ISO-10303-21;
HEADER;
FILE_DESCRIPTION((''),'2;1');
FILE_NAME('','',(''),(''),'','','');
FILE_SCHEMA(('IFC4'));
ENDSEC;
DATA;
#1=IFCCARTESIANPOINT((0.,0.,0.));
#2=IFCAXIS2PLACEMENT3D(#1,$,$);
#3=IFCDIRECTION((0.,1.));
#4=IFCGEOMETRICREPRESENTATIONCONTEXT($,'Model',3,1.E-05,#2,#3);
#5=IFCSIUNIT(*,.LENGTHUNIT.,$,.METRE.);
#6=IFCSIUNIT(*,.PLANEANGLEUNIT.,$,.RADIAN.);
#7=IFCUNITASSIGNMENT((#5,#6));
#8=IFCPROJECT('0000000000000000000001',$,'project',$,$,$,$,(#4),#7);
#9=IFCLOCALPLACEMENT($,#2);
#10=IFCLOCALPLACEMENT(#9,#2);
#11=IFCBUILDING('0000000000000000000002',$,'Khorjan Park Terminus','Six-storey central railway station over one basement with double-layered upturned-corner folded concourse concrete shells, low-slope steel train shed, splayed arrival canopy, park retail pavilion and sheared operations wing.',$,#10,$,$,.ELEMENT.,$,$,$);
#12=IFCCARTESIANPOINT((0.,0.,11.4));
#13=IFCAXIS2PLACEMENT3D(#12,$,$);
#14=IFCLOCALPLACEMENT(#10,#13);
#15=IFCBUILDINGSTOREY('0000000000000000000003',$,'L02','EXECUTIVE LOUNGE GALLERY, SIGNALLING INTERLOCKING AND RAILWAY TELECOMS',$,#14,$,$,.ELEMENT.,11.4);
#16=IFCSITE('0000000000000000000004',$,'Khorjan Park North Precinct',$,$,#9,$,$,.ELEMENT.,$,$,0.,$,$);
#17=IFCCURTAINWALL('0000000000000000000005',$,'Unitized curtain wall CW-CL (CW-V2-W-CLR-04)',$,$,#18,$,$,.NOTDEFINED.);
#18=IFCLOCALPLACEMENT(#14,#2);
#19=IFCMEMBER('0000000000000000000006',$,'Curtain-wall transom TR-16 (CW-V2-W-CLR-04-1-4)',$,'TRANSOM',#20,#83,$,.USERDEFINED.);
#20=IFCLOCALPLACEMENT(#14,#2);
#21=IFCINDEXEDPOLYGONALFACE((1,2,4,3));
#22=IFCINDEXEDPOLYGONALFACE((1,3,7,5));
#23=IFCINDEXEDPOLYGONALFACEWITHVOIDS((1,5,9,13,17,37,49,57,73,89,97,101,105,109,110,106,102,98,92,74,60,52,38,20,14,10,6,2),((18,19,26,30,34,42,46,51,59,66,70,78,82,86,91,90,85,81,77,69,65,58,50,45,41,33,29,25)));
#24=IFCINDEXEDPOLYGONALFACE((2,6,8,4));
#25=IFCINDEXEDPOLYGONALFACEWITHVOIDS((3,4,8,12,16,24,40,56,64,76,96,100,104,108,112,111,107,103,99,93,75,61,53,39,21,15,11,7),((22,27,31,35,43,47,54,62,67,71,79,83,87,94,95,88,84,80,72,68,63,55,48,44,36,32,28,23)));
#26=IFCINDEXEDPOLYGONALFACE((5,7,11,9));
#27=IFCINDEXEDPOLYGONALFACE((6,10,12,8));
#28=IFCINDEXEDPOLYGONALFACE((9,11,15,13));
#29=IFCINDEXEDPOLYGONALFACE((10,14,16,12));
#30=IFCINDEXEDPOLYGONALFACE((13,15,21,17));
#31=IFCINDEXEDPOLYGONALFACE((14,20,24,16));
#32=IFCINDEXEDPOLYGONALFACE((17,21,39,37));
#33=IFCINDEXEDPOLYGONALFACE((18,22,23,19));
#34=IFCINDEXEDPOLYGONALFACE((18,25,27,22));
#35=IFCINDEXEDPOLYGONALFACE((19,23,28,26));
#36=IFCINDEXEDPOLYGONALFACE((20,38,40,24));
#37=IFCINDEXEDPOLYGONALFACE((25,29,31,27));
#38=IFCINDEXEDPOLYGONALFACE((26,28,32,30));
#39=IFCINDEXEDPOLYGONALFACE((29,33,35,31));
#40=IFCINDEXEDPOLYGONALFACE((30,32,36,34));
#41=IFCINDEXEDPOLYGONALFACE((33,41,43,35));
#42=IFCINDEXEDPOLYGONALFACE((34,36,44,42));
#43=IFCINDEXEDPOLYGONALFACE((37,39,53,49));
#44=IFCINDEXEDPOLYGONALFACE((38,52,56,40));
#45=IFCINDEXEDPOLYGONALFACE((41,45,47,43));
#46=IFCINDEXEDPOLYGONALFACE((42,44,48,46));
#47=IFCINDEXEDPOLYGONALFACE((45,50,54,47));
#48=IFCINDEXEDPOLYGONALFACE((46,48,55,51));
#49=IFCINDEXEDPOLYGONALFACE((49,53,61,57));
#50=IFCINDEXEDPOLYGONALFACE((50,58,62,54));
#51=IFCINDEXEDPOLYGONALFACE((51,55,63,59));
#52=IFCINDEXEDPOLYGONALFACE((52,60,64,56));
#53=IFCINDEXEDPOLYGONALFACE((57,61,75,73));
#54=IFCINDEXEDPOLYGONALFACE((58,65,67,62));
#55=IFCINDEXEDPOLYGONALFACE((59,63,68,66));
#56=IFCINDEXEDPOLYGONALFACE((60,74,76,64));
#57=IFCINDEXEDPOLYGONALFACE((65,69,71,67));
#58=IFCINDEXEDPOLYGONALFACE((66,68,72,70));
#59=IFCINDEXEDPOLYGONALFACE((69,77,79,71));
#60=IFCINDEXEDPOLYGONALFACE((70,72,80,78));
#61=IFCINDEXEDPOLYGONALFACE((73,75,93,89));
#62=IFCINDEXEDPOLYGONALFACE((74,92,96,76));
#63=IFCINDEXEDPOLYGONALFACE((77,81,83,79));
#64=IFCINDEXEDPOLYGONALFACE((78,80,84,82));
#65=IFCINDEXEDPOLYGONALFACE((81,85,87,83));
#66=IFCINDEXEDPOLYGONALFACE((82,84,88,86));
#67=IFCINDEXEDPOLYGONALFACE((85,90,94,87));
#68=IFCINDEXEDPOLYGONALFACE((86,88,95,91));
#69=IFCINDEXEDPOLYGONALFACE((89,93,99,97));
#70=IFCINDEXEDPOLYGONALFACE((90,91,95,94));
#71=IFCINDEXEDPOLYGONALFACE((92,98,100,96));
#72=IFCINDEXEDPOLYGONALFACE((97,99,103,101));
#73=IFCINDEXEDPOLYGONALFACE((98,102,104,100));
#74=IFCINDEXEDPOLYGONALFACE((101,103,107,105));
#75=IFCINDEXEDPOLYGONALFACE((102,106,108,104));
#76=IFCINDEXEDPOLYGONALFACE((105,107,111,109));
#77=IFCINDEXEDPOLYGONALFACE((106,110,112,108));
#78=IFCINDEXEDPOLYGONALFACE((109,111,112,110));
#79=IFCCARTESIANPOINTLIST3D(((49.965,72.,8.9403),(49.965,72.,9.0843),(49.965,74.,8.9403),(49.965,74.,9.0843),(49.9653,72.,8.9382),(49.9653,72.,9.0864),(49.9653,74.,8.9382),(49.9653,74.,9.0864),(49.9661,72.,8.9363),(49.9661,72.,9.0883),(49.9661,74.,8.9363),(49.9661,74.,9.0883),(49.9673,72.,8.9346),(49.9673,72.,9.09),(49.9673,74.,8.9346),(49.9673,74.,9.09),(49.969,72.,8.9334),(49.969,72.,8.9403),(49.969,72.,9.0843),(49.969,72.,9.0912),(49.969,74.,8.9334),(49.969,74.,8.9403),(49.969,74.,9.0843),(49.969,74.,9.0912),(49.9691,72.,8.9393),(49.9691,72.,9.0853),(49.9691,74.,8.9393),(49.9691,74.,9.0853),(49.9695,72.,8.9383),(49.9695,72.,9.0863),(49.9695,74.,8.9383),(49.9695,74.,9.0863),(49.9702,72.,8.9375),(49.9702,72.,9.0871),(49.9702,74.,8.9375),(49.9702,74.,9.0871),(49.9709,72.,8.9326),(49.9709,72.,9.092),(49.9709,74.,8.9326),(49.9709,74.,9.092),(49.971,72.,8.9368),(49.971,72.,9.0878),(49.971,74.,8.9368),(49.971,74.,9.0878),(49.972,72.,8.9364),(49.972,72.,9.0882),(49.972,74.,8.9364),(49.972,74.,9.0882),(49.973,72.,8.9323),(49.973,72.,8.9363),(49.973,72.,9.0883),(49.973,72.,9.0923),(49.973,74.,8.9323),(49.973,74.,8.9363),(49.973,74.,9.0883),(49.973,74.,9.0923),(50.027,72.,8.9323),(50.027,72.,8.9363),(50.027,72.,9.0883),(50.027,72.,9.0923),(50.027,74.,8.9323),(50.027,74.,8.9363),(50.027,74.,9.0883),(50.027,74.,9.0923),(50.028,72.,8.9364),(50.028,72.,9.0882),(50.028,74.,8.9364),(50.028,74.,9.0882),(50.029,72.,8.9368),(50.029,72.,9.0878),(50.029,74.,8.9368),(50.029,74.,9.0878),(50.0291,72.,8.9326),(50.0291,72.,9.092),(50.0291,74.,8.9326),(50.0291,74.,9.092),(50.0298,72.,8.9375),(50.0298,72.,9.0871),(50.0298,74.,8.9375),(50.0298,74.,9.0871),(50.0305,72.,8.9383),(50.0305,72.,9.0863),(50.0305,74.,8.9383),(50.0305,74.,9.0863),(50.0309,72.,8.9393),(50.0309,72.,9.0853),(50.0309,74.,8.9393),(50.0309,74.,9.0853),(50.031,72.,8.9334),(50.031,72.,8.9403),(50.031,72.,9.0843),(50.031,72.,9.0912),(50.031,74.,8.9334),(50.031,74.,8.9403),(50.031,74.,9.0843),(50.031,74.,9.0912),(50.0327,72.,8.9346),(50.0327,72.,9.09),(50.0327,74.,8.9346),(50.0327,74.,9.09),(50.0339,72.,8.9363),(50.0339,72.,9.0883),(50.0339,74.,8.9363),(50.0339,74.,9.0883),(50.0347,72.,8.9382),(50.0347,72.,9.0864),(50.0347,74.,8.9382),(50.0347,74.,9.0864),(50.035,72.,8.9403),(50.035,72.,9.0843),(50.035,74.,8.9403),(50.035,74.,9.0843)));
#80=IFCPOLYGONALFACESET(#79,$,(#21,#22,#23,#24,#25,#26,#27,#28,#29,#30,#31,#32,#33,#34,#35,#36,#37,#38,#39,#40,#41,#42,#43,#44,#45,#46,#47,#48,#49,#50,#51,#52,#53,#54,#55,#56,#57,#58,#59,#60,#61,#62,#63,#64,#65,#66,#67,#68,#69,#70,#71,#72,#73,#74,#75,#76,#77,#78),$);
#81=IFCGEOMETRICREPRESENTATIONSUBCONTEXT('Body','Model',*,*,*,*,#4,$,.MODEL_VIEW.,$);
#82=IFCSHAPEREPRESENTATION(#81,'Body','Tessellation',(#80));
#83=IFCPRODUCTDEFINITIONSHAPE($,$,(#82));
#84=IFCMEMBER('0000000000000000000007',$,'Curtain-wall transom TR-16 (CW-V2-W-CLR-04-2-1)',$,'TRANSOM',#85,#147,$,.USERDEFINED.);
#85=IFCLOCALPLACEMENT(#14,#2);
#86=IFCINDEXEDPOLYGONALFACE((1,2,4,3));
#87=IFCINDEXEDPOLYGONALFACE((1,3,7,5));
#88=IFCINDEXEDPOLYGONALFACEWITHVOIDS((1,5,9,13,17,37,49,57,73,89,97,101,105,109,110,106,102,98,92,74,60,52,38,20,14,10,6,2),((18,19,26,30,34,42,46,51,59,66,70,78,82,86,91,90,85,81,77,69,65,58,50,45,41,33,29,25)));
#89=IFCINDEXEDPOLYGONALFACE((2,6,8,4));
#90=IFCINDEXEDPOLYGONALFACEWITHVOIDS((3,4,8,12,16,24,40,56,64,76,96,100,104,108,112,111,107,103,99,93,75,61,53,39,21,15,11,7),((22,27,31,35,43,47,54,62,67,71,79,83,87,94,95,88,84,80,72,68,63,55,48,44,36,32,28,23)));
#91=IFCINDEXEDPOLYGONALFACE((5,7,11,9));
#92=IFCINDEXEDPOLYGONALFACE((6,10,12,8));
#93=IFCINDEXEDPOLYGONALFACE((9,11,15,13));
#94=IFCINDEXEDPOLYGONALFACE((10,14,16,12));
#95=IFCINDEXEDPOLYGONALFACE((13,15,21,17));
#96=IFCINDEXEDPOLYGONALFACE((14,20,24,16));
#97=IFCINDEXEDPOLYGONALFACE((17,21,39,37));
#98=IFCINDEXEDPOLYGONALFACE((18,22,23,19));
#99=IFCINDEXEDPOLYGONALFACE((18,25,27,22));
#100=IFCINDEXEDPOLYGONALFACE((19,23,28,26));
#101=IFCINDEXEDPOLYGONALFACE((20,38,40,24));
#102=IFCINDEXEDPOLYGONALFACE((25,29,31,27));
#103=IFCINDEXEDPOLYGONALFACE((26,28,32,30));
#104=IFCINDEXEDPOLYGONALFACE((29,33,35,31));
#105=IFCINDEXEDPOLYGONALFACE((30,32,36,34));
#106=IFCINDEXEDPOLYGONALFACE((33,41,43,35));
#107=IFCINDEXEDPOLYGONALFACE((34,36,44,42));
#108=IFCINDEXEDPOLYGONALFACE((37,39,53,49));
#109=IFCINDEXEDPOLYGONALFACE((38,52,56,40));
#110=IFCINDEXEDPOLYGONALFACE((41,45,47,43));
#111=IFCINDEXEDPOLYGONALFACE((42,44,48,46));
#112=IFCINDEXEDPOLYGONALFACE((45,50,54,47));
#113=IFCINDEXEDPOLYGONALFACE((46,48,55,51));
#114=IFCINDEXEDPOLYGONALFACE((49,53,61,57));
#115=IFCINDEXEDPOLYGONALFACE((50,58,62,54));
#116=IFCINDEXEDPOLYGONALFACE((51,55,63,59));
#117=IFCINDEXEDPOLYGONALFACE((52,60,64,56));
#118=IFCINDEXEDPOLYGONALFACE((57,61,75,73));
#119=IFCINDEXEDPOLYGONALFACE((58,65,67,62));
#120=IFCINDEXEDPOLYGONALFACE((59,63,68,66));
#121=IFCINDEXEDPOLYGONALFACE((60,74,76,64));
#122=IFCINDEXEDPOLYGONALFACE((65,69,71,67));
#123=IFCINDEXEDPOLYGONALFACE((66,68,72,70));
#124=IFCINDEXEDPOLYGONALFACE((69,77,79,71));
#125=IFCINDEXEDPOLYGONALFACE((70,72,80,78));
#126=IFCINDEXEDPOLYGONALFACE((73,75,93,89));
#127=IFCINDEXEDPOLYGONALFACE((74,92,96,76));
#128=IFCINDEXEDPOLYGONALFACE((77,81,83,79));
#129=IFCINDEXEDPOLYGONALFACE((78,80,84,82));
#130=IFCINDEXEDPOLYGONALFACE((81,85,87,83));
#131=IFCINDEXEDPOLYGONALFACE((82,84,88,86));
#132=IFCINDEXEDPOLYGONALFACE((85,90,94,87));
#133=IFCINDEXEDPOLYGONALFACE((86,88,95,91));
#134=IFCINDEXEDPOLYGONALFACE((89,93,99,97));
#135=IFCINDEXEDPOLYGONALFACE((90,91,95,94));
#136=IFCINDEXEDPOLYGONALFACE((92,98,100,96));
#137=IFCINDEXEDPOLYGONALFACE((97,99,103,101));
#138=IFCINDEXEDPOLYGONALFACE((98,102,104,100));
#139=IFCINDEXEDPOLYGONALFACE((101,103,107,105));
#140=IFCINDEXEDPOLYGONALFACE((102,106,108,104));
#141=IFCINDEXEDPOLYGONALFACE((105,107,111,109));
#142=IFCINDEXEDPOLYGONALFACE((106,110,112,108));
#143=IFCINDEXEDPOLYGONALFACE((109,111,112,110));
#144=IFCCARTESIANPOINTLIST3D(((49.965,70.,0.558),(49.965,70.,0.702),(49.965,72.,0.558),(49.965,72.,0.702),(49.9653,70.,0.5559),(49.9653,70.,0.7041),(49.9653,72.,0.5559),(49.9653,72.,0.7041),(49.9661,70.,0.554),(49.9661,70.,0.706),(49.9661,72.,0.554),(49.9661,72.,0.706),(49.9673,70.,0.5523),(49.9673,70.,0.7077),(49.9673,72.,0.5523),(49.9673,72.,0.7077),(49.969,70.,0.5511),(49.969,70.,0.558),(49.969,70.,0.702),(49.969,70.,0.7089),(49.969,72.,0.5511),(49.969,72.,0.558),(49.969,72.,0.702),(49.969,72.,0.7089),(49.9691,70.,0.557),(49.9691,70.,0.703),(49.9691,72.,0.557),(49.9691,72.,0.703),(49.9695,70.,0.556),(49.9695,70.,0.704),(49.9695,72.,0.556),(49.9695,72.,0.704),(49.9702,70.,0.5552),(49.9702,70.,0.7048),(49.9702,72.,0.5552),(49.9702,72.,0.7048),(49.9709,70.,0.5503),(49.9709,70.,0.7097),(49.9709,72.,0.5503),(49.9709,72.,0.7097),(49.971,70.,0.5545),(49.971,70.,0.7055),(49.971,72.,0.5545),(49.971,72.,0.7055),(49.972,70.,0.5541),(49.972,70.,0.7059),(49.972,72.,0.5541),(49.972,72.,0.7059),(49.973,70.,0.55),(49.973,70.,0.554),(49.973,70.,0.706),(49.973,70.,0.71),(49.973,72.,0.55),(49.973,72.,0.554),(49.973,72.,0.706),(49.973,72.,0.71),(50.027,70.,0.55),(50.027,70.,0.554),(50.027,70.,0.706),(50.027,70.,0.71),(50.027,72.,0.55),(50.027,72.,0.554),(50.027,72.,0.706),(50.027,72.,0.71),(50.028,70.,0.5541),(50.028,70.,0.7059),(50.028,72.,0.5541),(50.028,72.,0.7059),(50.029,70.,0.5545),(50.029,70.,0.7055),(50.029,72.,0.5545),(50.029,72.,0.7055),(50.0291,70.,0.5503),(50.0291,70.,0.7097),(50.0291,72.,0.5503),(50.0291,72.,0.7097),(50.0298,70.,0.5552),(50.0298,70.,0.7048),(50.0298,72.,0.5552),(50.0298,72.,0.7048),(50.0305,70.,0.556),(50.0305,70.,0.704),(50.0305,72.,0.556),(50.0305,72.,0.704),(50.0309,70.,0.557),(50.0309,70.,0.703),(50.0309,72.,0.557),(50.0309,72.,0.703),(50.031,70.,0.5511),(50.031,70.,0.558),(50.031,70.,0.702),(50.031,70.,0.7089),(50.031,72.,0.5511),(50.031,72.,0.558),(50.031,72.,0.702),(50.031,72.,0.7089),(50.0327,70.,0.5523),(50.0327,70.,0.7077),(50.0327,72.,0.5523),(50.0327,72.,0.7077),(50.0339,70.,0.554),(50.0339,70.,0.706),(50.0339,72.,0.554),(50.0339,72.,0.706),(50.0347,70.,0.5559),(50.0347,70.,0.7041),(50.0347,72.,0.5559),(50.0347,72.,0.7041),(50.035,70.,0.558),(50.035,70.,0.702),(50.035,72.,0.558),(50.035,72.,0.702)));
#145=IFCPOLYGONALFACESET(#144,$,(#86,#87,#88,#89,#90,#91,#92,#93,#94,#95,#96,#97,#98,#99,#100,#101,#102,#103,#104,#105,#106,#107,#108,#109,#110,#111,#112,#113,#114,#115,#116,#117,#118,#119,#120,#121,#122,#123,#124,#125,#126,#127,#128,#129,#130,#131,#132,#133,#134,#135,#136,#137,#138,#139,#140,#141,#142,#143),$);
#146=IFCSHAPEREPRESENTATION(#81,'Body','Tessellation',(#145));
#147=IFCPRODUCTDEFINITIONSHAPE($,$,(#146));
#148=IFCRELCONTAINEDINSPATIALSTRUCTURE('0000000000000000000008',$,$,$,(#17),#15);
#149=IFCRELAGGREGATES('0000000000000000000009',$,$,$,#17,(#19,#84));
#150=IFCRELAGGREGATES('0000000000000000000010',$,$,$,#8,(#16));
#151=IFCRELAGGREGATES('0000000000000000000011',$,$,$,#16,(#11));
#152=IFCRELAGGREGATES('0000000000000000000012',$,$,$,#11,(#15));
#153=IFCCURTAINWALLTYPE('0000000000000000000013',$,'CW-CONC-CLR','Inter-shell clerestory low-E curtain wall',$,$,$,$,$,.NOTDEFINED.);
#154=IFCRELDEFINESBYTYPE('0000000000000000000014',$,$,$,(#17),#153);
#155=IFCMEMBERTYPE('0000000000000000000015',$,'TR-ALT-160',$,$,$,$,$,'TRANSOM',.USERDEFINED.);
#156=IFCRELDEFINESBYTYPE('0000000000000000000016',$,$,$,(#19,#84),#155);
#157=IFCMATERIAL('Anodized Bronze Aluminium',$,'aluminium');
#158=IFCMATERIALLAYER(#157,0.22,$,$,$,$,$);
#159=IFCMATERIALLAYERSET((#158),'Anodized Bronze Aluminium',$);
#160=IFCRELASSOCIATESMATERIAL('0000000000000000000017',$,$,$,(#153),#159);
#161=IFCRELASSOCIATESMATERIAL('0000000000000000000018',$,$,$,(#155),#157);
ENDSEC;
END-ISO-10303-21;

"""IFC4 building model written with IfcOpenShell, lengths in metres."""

from ifc_helpers import new_model, si_unit, direction, frame, origin, origin_2d, place, context, subcontext, project, spatial, hollow_rectangle, extrude, material, layer, layer_set, material_profile, profile_set, type_object, element, aggregate, save


model = new_model("IFC4")

# Units and contexts
model_context = context("Model", 3, precision=1e-05, world=origin(), true_north=direction((0.0, 1.0)))
body_context = subcontext(model_context, "Body", "Model", "MODEL_VIEW")
ifc_project = project(units=[si_unit("LENGTHUNIT", "METRE"), si_unit("PLANEANGLEUNIT", "RADIAN")], contexts=[model_context])

# Site, building, storey
site_placement = place(None, origin())
site = spatial("IfcSite", under=ifc_project, at=site_placement, Name="Khorjan Park North Precinct", CompositionType="ELEMENT", RefElevation=0.0)
building_placement = place(site_placement, origin())
building = spatial("IfcBuilding", under=site, at=building_placement, Name="Khorjan Park Terminus", Description="Six-storey central railway station over one basement with double-layered upturned-corner folded concourse concrete shells, low-slope steel train shed, splayed arrival canopy, park retail pavilion and sheared operations wing.", CompositionType="ELEMENT")
storey_placement = place(building_placement, frame((0.0, 0.0, 11.4)))
storey = spatial("IfcBuildingStorey", under=building, at=storey_placement, Name="L02", Description="EXECUTIVE LOUNGE GALLERY, SIGNALLING INTERLOCKING AND RAILWAY TELECOMS", CompositionType="ELEMENT", Elevation=11.4)

# Curtain wall, members
ifc_material_1 = material(Name="Anodized Bronze Aluminium", Category="aluminium")
ifc_layer_1 = layer(ifc_material_1, 0.22)
ifc_layer_set_1 = layer_set([ifc_layer_1], Name="Anodized Bronze Aluminium")
curtain_wall_type = type_object("IfcCurtainWallType", Name="CW-CONC-CLR", Description="Inter-shell clerestory low-E curtain wall", PredefinedType="NOTDEFINED", material=ifc_layer_set_1)
curtain_wall_1_placement = place(storey_placement, origin())
curtain_wall_1 = element("IfcCurtainWall", 1, at=curtain_wall_1_placement, inside=storey, type_object=curtain_wall_type, Name="Unitized curtain wall CW-CL (CW-V2-W-CLR-04)", PredefinedType="NOTDEFINED")
ifc_material_profile_1 = material_profile(ifc_material_1, hollow_rectangle(XDim=0.07, YDim=0.16, WallThickness=0.004, InnerFilletRadius=0.004, OuterFilletRadius=0.008, at=origin_2d()), Name="ALT 70x160x4")
ifc_profile_set_1 = profile_set([ifc_material_profile_1], Name="Anodized Bronze Aluminium")
member_type_1 = type_object("IfcMemberType", Name="TR-ALT-160", ElementType="TRANSOM", PredefinedType="USERDEFINED", material=ifc_profile_set_1)
member_1_placement = place(storey_placement, frame((50.0, 74.0, 9.0123), z_axis=(0.0, -1.0, 0.0), x_axis=(1.0, 0.0, 0.0)))
member_1 = element("IfcMember", 2, at=member_1_placement, type_object=member_type_1, Name="Curtain-wall transom TR-16 (CW-V2-W-CLR-04-1-4)", ObjectType="TRANSOM", PredefinedType="USERDEFINED", context=body_context, shape_type="SweptSolid", body=[
    extrude(hollow_rectangle(XDim=0.07, YDim=0.16, WallThickness=0.004, InnerFilletRadius=0.004, OuterFilletRadius=0.008, at=origin_2d()), origin(), (0.0, 0.0, 1.0), 2.0),
])
member_2_placement = place(storey_placement, frame((50.0, 72.0, 0.63), z_axis=(0.0, -1.0, 0.0), x_axis=(1.0, 0.0, 0.0)))
member_2 = element("IfcMember", 3, at=member_2_placement, type_object=member_type_1, Name="Curtain-wall transom TR-16 (CW-V2-W-CLR-04-2-1)", ObjectType="TRANSOM", PredefinedType="USERDEFINED", context=body_context, shape_type="SweptSolid", body=[
    extrude(hollow_rectangle(XDim=0.07, YDim=0.16, WallThickness=0.004, InnerFilletRadius=0.004, OuterFilletRadius=0.008, at=origin_2d()), origin(), (0.0, 0.0, 1.0), 2.0),
])

aggregate(curtain_wall_1, [member_1, member_2])

save(model, "model.ifc")
